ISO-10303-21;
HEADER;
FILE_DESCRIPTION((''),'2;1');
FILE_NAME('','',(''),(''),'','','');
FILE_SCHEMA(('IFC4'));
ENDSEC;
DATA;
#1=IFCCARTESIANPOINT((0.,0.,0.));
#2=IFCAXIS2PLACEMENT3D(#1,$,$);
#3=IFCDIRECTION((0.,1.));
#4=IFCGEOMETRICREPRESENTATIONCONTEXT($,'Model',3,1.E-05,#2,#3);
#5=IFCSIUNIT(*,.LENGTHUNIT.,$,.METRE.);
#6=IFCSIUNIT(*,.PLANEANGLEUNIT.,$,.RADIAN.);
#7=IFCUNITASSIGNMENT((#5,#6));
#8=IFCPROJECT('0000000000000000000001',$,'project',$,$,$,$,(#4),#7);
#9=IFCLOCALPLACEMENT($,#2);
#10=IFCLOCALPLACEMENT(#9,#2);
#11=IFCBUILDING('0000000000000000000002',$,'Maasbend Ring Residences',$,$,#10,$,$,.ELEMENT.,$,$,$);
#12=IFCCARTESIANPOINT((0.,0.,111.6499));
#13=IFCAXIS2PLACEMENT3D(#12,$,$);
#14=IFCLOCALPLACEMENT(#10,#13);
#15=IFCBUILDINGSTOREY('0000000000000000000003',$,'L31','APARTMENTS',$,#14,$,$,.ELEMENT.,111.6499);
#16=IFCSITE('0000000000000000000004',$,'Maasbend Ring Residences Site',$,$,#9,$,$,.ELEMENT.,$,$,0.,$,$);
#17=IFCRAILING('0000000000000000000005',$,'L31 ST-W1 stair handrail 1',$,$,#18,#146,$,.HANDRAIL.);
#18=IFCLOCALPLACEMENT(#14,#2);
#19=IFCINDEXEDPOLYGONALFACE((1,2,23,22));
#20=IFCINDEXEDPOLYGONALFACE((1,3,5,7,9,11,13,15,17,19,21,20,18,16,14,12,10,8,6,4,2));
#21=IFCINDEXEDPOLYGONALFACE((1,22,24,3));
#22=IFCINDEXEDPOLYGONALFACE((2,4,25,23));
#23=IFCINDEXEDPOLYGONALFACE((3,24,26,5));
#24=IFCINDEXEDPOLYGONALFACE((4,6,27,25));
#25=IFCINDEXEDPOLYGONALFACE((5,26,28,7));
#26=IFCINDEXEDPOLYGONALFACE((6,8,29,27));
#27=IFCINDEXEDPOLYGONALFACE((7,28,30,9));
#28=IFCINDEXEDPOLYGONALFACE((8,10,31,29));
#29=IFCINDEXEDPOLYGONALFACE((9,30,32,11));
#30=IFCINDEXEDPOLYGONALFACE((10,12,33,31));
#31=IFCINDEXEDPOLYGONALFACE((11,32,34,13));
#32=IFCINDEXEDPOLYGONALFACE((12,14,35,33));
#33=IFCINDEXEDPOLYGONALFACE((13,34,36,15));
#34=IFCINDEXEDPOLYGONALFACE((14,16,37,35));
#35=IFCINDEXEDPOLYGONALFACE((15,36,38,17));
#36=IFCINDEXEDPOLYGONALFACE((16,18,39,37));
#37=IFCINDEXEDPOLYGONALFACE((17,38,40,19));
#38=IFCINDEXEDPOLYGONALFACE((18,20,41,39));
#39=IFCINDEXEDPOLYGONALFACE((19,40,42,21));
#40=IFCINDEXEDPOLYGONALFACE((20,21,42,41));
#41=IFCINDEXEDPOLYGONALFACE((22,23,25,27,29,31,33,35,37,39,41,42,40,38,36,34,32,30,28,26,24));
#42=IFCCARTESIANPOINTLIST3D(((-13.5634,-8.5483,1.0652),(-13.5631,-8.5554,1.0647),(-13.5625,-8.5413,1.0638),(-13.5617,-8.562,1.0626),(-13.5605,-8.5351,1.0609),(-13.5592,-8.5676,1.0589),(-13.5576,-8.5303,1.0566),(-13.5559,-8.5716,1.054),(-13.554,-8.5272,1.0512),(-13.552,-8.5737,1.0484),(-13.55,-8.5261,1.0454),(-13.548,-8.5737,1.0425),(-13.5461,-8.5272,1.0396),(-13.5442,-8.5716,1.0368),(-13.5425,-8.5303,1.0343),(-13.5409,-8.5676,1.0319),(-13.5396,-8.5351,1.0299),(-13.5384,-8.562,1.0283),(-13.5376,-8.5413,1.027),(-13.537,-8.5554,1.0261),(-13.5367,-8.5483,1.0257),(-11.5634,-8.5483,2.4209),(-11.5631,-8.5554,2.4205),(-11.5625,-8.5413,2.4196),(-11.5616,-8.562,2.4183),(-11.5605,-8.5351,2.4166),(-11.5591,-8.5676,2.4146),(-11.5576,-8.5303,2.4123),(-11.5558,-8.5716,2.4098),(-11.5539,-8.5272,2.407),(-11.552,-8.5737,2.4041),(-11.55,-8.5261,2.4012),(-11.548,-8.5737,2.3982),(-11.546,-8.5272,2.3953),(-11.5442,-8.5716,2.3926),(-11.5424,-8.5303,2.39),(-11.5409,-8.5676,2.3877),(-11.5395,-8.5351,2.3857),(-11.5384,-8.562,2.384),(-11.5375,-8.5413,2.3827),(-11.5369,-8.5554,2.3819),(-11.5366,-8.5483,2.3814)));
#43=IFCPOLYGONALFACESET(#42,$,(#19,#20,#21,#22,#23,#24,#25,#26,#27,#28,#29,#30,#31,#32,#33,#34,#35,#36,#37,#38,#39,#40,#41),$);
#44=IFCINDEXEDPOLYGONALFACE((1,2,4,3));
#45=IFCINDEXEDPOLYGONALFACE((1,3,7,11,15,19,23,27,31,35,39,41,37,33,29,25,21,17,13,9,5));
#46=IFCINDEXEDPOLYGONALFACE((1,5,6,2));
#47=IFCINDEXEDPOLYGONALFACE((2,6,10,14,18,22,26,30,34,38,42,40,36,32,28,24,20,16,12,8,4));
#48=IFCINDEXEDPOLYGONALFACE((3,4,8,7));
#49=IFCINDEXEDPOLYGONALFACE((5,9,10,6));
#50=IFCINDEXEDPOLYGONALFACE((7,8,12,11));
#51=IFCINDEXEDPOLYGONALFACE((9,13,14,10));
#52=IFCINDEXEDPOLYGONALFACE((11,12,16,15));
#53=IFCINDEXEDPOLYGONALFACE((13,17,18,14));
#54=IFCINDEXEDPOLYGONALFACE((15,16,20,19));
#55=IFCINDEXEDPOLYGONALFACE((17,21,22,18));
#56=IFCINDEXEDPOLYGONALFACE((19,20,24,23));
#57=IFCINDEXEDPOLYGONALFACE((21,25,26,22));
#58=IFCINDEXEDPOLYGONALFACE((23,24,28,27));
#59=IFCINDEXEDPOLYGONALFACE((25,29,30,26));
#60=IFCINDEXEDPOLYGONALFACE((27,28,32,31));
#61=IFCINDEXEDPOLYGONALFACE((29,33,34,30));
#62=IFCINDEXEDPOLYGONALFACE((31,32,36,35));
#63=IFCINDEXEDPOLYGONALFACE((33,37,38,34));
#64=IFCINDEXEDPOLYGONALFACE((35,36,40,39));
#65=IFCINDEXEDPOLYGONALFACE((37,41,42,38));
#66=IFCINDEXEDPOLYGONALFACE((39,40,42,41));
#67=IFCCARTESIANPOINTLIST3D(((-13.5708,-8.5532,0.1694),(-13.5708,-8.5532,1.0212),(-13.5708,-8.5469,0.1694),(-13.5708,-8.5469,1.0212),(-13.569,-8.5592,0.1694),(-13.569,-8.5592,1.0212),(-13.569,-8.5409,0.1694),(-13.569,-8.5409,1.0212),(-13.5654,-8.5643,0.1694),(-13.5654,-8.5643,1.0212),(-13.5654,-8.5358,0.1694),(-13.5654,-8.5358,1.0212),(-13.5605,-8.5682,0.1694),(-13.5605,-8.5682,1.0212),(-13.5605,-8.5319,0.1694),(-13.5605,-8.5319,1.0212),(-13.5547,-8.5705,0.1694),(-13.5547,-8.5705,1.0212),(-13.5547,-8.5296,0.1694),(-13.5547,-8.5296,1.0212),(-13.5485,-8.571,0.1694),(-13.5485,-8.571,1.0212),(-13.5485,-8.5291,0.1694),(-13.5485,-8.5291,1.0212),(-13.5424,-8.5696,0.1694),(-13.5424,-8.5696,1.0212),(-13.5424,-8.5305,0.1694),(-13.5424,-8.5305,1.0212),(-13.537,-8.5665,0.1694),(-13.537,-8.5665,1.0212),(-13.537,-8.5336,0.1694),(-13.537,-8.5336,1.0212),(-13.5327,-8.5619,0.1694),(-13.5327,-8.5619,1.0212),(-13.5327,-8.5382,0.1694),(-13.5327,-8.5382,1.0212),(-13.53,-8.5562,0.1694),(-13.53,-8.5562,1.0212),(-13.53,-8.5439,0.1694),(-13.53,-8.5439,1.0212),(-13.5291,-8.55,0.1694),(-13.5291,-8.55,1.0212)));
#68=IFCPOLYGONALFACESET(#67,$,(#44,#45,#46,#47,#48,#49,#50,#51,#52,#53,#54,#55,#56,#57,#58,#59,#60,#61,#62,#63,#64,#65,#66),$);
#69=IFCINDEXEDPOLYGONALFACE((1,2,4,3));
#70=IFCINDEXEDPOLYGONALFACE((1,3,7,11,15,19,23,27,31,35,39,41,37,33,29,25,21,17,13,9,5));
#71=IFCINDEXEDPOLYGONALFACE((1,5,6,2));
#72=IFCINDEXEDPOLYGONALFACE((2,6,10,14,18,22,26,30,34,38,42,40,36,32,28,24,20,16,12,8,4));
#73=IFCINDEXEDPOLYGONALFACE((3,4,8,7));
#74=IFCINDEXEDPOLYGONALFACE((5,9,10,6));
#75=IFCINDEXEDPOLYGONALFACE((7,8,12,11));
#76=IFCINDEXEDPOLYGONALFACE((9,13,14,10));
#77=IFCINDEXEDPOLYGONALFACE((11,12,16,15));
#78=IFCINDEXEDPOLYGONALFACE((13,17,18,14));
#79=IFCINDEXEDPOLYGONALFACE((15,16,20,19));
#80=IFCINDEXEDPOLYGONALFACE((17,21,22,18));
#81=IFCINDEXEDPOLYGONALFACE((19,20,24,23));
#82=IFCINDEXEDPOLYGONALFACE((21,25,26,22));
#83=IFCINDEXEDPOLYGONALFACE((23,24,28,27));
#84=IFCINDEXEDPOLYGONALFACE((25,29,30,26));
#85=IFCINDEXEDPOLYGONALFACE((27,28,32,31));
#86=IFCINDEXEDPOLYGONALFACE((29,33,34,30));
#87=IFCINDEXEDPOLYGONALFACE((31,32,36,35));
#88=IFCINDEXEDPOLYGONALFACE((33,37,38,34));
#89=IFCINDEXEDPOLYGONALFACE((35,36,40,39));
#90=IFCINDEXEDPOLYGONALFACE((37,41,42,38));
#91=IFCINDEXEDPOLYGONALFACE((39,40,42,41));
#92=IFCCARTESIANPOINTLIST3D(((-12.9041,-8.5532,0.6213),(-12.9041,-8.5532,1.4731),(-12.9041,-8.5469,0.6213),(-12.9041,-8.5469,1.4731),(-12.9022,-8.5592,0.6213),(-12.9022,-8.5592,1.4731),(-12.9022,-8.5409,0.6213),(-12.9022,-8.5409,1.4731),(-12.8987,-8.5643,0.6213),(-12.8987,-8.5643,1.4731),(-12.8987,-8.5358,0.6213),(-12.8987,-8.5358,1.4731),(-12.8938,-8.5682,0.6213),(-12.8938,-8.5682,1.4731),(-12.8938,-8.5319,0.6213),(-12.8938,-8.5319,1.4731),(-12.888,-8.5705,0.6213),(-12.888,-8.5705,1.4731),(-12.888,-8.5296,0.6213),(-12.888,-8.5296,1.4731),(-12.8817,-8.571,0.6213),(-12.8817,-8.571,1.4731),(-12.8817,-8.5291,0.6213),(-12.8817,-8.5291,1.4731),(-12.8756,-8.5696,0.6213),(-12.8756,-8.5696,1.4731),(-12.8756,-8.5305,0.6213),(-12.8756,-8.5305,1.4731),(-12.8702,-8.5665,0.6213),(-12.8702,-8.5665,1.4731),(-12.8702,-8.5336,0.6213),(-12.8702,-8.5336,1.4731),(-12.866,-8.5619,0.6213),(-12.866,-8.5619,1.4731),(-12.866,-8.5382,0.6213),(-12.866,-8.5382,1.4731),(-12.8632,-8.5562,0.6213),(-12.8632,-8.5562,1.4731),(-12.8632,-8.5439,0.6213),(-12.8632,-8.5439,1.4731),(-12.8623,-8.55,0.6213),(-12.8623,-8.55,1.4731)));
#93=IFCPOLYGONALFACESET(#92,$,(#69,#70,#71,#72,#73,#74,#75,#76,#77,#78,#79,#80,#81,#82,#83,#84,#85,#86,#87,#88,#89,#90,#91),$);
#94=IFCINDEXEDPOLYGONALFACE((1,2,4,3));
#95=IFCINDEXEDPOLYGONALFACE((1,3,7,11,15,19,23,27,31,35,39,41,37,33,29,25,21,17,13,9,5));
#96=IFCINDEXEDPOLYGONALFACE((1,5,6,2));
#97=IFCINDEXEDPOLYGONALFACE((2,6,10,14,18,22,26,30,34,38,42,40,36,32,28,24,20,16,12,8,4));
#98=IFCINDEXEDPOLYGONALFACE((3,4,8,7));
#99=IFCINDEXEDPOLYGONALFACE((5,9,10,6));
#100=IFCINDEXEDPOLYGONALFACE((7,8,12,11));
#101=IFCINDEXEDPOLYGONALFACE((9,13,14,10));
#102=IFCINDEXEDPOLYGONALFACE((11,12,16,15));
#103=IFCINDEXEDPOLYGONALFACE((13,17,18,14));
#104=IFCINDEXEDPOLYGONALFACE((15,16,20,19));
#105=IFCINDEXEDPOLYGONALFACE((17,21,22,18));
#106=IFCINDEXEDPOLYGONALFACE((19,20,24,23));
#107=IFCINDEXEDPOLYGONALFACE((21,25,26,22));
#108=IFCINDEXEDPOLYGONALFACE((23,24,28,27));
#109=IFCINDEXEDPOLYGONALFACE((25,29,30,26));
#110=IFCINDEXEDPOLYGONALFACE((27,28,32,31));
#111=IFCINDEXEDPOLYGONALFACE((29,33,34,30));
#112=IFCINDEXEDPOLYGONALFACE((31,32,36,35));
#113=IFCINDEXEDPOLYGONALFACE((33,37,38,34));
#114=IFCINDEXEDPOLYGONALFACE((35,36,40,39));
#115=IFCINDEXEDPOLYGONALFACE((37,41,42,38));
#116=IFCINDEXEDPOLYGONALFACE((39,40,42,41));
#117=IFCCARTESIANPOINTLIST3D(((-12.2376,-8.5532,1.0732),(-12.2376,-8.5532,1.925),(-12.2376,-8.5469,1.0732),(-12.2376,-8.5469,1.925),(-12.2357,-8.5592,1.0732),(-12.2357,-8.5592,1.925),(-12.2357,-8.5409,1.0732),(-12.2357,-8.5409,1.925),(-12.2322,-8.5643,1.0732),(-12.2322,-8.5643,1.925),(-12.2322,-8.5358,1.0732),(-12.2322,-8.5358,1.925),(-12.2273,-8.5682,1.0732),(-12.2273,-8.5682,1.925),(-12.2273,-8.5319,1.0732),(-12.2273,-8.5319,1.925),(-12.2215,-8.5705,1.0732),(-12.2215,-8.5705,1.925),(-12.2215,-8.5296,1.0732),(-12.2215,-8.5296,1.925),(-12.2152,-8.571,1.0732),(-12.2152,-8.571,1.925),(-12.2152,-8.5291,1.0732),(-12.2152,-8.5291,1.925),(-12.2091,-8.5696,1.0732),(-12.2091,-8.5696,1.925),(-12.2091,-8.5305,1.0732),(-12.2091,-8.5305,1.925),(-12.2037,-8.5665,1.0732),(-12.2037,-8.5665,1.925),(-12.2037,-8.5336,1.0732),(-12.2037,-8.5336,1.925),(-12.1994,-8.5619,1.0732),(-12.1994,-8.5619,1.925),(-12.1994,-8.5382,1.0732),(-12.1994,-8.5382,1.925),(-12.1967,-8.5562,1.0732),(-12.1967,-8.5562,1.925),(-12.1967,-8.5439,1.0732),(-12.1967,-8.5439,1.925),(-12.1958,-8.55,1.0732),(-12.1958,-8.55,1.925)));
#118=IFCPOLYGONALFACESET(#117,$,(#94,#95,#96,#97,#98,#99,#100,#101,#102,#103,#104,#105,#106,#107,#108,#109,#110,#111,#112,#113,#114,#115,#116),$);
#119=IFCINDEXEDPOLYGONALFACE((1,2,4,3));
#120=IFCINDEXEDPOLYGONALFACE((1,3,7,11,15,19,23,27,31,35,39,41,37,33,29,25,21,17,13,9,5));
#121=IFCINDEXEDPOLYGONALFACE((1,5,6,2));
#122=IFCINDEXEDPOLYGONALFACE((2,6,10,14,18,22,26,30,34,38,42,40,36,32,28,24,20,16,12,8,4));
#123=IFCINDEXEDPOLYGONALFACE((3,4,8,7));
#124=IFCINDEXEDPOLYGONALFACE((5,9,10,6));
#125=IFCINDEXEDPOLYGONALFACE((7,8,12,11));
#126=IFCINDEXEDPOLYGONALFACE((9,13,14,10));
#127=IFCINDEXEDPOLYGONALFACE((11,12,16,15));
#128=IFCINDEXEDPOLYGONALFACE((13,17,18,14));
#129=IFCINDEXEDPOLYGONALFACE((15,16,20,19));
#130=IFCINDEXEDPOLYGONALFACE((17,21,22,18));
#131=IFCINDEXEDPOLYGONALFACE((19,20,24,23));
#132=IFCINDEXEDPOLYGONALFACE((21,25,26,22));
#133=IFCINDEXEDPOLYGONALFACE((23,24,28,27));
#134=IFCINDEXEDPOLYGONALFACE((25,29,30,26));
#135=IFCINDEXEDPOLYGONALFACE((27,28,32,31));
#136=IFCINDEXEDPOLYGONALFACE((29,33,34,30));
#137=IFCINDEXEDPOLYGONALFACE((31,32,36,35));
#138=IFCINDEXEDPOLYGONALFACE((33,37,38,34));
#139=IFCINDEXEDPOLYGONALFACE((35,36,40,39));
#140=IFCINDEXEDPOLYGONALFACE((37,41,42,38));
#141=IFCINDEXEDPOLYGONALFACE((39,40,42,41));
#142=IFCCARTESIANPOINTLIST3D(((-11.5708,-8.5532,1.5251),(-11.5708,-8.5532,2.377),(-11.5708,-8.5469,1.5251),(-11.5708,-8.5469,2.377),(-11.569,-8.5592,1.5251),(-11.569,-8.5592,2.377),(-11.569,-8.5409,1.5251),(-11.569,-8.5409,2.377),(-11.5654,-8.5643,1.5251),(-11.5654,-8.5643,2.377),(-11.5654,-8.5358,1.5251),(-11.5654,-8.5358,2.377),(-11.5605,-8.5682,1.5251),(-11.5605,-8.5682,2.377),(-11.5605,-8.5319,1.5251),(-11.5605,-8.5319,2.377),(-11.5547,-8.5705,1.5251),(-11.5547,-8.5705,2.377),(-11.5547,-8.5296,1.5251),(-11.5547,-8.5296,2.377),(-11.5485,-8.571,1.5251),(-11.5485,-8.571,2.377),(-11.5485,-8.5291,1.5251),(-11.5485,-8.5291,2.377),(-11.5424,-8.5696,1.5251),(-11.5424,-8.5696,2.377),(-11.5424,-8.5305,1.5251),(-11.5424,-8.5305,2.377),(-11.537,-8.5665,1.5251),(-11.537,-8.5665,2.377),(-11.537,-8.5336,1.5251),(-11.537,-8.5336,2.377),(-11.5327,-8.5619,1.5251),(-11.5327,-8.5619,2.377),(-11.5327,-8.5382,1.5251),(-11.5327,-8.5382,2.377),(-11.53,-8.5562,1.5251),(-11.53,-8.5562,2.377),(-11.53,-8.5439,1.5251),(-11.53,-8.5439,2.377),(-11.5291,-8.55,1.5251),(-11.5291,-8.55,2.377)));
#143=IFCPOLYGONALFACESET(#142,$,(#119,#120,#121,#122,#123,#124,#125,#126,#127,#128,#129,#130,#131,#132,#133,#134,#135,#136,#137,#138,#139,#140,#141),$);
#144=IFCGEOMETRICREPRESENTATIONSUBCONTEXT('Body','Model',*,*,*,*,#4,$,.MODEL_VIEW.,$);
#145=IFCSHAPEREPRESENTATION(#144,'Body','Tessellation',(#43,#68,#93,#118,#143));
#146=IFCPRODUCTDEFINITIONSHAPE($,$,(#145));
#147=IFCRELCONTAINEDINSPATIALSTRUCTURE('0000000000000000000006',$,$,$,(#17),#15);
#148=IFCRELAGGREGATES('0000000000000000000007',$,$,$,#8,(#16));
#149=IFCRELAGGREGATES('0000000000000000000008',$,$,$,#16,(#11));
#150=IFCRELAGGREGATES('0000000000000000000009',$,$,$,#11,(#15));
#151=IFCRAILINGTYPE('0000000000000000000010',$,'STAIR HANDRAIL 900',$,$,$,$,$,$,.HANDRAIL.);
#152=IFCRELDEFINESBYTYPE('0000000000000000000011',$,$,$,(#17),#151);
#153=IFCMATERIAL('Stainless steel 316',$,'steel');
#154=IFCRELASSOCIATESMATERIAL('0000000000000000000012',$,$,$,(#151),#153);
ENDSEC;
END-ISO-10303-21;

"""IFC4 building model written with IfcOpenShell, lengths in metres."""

from ifc_helpers import new_model, si_unit, direction, frame, origin, origin_2d, place, context, subcontext, project, spatial, circle, extrude, material, type_object, element, save


model = new_model("IFC4")

# Units and contexts
model_context = context("Model", 3, precision=1e-05, world=origin(), true_north=direction((0.0, 1.0)))
body_context = subcontext(model_context, "Body", "Model", "MODEL_VIEW")
ifc_project = project(units=[si_unit("LENGTHUNIT", "METRE"), si_unit("PLANEANGLEUNIT", "RADIAN")], contexts=[model_context])

# Site, building, storey
site_placement = place(None, origin())
site = spatial("IfcSite", under=ifc_project, at=site_placement, Name="Maasbend Ring Residences Site", CompositionType="ELEMENT", RefElevation=0.0)
building_placement = place(site_placement, origin())
building = spatial("IfcBuilding", under=site, at=building_placement, Name="Maasbend Ring Residences", CompositionType="ELEMENT")
storey_placement = place(building_placement, frame((0.0, 0.0, 111.6499)))
storey = spatial("IfcBuildingStorey", under=building, at=storey_placement, Name="L31", Description="APARTMENTS", CompositionType="ELEMENT", Elevation=111.6499)

# Railing
ifc_material_1 = material(Name="Stainless steel 316", Category="steel")
railing_type_1 = type_object("IfcRailingType", Name="STAIR HANDRAIL 900", PredefinedType="HANDRAIL", material=ifc_material_1)
railing_1_placement = place(storey_placement, frame((-13.55, -8.55, 0.1694)))
element("IfcRailing", 1, at=railing_1_placement, inside=storey, type_object=railing_type_1, Name="L31 ST-W1 stair handrail 1", PredefinedType="HANDRAIL", context=body_context, shape_type="SweptSolid", body=[
    extrude(circle(Radius=0.0239, at=origin_2d()), frame((0.0, 0.0, 0.876), z_axis=(0.827751, 0.0, 0.561096), x_axis=(0.0, 1.0, 0.0)), (0.0, 0.0, 1.0), 2.4163),
    extrude(circle(Radius=0.021, at=origin_2d()), origin(), (0.0, 0.0, 1.0), 0.8518),
    extrude(circle(Radius=0.021, at=origin_2d()), frame((0.6667, 0.0, 0.4519)), (0.0, 0.0, 1.0), 0.8518),
    extrude(circle(Radius=0.021, at=origin_2d()), frame((1.3333, 0.0, 0.9038)), (0.0, 0.0, 1.0), 0.8518),
    extrude(circle(Radius=0.021, at=origin_2d()), frame((2.0, 0.0, 1.3557)), (0.0, 0.0, 1.0), 0.8518),
])

save(model, "model.ifc")
